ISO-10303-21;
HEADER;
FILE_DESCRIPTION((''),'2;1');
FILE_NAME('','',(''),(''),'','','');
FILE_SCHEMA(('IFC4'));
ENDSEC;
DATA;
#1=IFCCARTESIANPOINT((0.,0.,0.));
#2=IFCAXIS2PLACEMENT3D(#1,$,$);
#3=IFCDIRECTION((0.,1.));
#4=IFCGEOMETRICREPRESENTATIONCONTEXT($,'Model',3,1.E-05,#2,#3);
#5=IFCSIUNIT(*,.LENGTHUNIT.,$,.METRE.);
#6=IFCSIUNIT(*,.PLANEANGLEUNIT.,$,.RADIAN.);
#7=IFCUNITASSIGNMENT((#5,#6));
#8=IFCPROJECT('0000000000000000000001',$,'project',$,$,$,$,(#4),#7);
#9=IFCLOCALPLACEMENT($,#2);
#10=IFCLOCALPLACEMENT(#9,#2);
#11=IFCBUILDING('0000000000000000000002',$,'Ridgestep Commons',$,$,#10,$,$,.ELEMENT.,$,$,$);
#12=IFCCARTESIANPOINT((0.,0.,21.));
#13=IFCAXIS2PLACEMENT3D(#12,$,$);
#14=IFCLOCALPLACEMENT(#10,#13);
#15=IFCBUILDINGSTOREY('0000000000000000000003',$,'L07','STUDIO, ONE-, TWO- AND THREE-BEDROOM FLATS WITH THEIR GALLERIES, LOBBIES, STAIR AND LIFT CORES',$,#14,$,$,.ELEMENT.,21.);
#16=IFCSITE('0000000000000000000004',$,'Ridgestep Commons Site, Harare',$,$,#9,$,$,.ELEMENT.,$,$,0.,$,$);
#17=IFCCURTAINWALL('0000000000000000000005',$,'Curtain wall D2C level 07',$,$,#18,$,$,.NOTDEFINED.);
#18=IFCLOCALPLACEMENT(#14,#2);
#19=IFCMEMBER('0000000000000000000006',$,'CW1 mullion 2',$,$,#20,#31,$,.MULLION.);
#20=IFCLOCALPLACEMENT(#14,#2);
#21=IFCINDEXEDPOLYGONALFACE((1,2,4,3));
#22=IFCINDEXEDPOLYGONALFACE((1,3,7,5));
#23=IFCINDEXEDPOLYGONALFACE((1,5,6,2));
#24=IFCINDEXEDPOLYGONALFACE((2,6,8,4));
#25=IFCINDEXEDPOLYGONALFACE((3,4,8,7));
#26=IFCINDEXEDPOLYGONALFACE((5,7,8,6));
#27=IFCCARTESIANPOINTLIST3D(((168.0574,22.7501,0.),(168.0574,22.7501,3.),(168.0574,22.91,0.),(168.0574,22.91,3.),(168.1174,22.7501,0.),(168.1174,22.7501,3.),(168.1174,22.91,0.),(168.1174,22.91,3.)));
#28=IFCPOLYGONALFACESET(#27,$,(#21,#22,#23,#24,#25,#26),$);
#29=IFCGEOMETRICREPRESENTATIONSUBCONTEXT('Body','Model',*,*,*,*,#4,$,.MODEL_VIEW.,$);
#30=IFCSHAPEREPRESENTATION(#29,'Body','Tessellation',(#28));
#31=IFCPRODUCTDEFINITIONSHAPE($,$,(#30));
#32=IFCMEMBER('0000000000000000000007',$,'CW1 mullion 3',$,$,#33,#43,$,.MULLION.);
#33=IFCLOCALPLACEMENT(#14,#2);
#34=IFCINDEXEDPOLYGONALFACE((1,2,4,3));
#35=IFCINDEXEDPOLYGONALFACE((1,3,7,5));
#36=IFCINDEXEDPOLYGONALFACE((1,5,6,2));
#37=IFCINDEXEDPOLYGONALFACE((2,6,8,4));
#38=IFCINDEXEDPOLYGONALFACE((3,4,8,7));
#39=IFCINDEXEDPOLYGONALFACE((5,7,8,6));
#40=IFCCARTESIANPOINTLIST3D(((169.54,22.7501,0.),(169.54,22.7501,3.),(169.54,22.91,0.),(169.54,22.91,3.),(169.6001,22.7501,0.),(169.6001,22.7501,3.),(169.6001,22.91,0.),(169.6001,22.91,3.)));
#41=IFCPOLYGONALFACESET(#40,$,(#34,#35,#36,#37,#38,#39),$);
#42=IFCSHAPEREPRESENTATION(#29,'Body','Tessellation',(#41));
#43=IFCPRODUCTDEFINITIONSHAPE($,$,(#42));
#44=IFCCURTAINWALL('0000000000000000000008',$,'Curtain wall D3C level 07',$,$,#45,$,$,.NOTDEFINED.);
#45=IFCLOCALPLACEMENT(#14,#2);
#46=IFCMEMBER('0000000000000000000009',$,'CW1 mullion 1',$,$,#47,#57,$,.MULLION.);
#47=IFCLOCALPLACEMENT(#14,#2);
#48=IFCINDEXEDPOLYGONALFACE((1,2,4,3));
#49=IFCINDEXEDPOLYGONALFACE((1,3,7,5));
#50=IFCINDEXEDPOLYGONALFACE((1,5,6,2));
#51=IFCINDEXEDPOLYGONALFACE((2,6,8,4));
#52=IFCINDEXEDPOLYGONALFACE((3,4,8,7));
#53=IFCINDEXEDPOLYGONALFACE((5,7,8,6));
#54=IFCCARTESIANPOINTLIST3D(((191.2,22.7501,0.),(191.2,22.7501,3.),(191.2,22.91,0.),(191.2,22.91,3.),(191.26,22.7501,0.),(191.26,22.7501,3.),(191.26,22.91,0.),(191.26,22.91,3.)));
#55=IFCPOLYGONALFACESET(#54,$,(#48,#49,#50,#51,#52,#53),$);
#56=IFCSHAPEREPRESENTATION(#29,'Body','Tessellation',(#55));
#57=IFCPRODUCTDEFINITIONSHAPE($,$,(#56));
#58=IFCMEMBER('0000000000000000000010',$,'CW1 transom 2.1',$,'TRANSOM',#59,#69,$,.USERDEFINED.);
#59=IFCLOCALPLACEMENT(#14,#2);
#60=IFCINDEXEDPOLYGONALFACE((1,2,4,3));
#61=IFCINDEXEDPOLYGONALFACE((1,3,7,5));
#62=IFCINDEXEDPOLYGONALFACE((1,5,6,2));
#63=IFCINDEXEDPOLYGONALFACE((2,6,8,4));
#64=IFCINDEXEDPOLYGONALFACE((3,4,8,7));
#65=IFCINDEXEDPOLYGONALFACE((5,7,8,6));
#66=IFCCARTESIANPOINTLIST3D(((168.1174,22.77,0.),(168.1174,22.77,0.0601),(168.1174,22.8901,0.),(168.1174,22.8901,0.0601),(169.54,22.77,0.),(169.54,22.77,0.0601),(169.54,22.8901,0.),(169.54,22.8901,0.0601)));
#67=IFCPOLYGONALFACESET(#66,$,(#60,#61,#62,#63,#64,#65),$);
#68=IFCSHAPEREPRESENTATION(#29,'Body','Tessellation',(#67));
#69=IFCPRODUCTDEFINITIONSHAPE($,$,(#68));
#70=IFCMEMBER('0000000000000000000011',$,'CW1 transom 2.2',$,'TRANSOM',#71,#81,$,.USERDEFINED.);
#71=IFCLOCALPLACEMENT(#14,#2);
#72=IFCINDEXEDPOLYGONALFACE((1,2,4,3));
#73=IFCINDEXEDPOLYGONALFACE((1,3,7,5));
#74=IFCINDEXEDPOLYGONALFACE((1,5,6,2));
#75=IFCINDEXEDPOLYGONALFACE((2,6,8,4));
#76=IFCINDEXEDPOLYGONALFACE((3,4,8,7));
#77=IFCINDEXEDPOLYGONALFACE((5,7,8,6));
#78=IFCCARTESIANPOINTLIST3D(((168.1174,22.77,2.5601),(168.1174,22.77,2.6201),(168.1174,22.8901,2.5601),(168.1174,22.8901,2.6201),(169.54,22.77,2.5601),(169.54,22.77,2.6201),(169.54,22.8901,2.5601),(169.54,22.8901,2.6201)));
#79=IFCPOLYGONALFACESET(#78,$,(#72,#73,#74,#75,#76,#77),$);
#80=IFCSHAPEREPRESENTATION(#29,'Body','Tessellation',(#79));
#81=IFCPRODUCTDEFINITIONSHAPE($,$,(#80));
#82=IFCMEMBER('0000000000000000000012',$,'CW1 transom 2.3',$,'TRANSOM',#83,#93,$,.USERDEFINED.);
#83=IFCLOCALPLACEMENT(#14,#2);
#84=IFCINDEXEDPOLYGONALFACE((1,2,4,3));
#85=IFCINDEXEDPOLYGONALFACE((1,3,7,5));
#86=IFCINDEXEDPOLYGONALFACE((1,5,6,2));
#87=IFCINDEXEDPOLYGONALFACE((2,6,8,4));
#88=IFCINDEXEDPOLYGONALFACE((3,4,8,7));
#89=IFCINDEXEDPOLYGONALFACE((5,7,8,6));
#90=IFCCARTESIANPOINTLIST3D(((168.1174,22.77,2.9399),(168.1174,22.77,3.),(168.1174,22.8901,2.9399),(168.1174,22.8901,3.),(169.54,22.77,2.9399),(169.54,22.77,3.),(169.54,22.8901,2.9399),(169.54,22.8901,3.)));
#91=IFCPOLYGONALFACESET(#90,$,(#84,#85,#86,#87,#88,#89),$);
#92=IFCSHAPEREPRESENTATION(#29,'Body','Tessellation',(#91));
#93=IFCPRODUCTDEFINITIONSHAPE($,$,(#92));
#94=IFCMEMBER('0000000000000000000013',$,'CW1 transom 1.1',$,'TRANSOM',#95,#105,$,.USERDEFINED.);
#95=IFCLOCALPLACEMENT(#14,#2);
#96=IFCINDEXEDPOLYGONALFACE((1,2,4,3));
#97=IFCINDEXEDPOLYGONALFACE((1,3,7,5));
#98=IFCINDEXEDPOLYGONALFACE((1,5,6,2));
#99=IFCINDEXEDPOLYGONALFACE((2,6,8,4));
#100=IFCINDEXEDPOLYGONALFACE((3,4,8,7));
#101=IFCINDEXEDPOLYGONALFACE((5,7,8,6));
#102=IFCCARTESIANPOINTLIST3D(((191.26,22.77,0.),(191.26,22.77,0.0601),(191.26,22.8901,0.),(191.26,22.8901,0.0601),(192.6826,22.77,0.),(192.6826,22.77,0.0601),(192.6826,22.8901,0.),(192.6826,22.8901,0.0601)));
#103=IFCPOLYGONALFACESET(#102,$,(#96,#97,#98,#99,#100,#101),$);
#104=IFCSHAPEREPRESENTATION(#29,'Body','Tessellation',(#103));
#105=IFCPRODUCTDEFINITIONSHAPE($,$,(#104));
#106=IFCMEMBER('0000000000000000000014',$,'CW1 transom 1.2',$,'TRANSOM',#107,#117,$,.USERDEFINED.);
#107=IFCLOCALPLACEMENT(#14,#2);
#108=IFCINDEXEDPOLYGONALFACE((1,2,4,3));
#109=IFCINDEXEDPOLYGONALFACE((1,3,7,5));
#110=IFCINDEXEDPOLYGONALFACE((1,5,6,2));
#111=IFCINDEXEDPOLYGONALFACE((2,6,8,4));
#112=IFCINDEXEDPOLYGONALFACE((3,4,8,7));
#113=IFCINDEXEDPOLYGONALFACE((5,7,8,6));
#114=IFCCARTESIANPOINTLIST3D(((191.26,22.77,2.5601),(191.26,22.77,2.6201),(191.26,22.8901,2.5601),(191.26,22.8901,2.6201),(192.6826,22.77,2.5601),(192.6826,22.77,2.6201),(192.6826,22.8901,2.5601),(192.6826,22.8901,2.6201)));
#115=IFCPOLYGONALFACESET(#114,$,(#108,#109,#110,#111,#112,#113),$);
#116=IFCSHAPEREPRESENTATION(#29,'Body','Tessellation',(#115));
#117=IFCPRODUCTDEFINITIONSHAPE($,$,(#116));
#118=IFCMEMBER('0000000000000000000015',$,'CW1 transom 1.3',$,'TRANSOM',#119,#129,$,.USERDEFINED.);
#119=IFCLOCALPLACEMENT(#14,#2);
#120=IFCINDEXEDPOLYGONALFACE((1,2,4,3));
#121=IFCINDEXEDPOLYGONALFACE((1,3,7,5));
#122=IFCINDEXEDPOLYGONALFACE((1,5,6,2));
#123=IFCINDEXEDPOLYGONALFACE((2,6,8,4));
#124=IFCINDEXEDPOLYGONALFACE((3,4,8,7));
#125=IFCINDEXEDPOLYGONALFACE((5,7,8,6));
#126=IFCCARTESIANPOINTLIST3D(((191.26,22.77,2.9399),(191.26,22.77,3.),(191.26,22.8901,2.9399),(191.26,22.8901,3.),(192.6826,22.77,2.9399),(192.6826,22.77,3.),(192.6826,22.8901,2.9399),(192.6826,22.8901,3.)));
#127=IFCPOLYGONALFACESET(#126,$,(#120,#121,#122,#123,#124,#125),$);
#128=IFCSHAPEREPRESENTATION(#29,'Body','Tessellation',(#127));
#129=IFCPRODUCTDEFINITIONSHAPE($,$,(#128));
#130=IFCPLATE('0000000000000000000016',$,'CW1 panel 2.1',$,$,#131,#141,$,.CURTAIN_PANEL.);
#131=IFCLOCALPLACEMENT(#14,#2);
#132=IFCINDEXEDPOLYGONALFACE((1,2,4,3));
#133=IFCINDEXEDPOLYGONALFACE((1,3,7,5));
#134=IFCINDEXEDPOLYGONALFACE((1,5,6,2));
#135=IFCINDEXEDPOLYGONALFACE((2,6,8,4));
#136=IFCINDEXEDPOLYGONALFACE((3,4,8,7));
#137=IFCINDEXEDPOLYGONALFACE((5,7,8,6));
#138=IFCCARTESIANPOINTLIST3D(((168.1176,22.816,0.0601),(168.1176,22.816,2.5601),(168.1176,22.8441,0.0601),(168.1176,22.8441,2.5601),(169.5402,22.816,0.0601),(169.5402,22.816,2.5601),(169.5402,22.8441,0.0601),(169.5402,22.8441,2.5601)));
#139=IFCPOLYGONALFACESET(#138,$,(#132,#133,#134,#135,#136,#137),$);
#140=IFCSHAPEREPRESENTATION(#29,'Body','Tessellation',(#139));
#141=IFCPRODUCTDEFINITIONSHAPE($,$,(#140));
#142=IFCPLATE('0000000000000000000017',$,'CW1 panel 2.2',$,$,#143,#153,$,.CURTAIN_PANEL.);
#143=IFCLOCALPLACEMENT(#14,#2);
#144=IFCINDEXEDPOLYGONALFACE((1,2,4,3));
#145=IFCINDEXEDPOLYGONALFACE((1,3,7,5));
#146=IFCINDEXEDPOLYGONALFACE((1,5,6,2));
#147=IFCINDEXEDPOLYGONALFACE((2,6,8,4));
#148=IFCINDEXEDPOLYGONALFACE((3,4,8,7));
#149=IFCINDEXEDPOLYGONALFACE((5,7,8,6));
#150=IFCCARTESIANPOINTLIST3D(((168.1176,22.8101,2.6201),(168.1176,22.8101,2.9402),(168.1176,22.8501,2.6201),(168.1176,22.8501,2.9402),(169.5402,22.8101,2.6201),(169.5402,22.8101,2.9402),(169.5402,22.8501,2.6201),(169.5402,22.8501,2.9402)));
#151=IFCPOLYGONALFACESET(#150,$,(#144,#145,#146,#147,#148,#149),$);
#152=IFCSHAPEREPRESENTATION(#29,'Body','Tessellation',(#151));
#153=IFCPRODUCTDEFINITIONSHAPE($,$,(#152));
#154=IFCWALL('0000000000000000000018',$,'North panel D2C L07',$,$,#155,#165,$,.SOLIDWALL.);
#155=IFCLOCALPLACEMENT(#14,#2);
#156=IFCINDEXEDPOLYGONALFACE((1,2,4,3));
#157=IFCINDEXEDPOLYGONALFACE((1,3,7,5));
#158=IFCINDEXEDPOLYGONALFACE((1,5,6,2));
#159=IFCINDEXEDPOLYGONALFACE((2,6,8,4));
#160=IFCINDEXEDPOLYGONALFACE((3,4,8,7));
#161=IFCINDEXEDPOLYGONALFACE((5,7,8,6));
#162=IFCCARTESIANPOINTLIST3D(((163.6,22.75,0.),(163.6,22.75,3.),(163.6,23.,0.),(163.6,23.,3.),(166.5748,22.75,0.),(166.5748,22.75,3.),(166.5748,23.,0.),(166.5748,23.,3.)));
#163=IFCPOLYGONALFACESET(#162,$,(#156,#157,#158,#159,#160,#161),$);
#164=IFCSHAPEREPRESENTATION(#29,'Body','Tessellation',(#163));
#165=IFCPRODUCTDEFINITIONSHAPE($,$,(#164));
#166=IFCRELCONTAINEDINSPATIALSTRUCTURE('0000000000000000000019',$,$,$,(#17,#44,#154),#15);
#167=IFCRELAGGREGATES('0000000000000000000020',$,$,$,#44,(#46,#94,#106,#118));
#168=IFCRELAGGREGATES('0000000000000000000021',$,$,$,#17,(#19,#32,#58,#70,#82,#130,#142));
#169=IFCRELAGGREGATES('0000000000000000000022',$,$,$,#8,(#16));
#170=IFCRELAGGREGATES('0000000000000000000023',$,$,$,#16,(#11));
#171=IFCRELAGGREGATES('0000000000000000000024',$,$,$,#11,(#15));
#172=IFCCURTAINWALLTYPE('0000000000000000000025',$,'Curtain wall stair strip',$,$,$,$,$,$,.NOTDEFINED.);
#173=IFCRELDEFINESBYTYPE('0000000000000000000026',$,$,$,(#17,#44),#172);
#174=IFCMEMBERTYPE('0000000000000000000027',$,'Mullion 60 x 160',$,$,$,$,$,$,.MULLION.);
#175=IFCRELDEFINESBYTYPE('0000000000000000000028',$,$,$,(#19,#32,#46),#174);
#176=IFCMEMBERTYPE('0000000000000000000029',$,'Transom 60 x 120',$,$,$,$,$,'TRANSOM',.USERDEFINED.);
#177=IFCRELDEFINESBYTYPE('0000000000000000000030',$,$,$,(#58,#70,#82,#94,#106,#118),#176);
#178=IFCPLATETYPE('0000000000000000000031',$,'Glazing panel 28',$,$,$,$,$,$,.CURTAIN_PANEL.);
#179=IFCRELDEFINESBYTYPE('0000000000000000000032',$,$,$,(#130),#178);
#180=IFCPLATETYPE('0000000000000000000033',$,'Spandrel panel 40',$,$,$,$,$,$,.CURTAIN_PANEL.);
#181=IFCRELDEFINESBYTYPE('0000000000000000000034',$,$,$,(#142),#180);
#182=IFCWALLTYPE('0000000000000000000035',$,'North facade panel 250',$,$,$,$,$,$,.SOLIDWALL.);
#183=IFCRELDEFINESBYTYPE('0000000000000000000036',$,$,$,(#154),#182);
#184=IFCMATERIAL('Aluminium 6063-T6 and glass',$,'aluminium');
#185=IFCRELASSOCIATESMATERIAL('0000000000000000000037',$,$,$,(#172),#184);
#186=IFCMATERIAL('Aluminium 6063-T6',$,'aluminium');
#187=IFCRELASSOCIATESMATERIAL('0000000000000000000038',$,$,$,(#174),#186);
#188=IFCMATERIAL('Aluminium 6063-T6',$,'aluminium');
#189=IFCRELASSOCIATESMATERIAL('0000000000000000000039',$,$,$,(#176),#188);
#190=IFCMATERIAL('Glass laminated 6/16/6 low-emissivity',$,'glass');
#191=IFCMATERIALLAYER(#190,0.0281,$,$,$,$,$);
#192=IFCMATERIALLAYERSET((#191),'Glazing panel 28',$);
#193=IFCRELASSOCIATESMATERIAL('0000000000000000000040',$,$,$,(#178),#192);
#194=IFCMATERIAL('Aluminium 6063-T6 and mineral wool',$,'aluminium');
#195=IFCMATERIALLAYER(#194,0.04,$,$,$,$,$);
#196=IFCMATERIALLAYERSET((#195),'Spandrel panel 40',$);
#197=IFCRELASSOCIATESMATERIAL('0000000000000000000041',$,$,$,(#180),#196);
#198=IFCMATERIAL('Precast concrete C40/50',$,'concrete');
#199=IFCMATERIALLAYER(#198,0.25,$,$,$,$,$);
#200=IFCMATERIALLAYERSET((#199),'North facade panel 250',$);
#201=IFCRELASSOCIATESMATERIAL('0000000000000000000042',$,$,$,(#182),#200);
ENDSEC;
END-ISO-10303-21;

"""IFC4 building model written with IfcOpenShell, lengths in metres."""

from ifc_helpers import new_model, si_unit, direction, frame, frame_2d, origin, origin_2d, place, context, subcontext, project, spatial, rectangle, extrude, material, layer, layer_set, material_profile, profile_set, type_object, element, aggregate, save


model = new_model("IFC4")

# Units and contexts
model_context = context("Model", 3, precision=1e-05, world=origin(), true_north=direction((0.0, 1.0)))
body_context = subcontext(model_context, "Body", "Model", "MODEL_VIEW")
ifc_project = project(units=[si_unit("LENGTHUNIT", "METRE"), si_unit("PLANEANGLEUNIT", "RADIAN")], contexts=[model_context])

# Site, building, storey
site_placement = place(None, origin())
site = spatial("IfcSite", under=ifc_project, at=site_placement, Name="Ridgestep Commons Site, Harare", CompositionType="ELEMENT", RefElevation=0.0)
building_placement = place(site_placement, origin())
building = spatial("IfcBuilding", under=site, at=building_placement, Name="Ridgestep Commons", CompositionType="ELEMENT")
storey_placement = place(building_placement, frame((0.0, 0.0, 21.0)))
storey = spatial("IfcBuildingStorey", under=building, at=storey_placement, Name="L07", Description="STUDIO, ONE-, TWO- AND THREE-BEDROOM FLATS WITH THEIR GALLERIES, LOBBIES, STAIR AND LIFT CORES", CompositionType="ELEMENT", Elevation=21.0)

# Curtain wall, members
ifc_material_1 = material(Name="Aluminium 6063-T6 and glass", Category="aluminium")
curtain_wall_type = type_object("IfcCurtainWallType", Name="Curtain wall stair strip", PredefinedType="NOTDEFINED", material=ifc_material_1)
curtain_wall_1_placement = place(storey_placement, origin())
curtain_wall_1 = element("IfcCurtainWall", 1, at=curtain_wall_1_placement, inside=storey, type_object=curtain_wall_type, Name="Curtain wall D2C level 07", PredefinedType="NOTDEFINED")
ifc_material_2 = material(Name="Aluminium 6063-T6", Category="aluminium")
ifc_material_profile_1 = material_profile(ifc_material_2, rectangle(XDim=0.1599, YDim=0.0601, at=origin_2d()), Name="Mullion 60 x 160")
ifc_profile_set_1 = profile_set([ifc_material_profile_1], Name="Aluminium 6063-T6")
member_type_1 = type_object("IfcMemberType", Name="Mullion 60 x 160", PredefinedType="MULLION", material=ifc_profile_set_1)
member_1_placement = place(storey_placement, frame((168.0874, 22.8301, 0.0), z_axis=(0.0, 0.0, 1.0), x_axis=(0.0, 1.0, 0.0)))
member_1 = element("IfcMember", 2, at=member_1_placement, type_object=member_type_1, Name="CW1 mullion 2", PredefinedType="MULLION", context=body_context, shape_type="SweptSolid", body=[
    extrude(rectangle(XDim=0.1599, YDim=0.0601, at=origin_2d()), origin(), (0.0, 0.0, 1.0), 3.0),
])
member_2_placement = place(storey_placement, frame((169.5701, 22.8301, 0.0), z_axis=(0.0, 0.0, 1.0), x_axis=(0.0, 1.0, 0.0)))
member_2 = element("IfcMember", 3, at=member_2_placement, type_object=member_type_1, Name="CW1 mullion 3", PredefinedType="MULLION", context=body_context, shape_type="SweptSolid", body=[
    extrude(rectangle(XDim=0.1599, YDim=0.0601, at=origin_2d()), origin(), (0.0, 0.0, 1.0), 3.0),
])

# Curtain wall, member
curtain_wall_2_placement = place(storey_placement, origin())
curtain_wall_2 = element("IfcCurtainWall", 4, at=curtain_wall_2_placement, inside=storey, type_object=curtain_wall_type, Name="Curtain wall D3C level 07", PredefinedType="NOTDEFINED")
member_3_placement = place(storey_placement, frame((191.23, 22.8301, 0.0), z_axis=(0.0, 0.0, 1.0), x_axis=(0.0, 1.0, 0.0)))
member_3 = element("IfcMember", 5, at=member_3_placement, type_object=member_type_1, Name="CW1 mullion 1", PredefinedType="MULLION", context=body_context, shape_type="SweptSolid", body=[
    extrude(rectangle(XDim=0.1599, YDim=0.0601, at=origin_2d()), origin(), (0.0, 0.0, 1.0), 3.0),
])

# Members
ifc_material_3 = material(Name="Aluminium 6063-T6", Category="aluminium")
ifc_material_profile_2 = material_profile(ifc_material_3, rectangle(XDim=0.1201, YDim=0.0601, at=origin_2d()), Name="Transom 60 x 120")
ifc_profile_set_2 = profile_set([ifc_material_profile_2], Name="Aluminium 6063-T6")
member_type_2 = type_object("IfcMemberType", Name="Transom 60 x 120", ElementType="TRANSOM", PredefinedType="USERDEFINED", material=ifc_profile_set_2)
member_4_placement = place(storey_placement, frame((168.1174, 22.8301, 0.03), z_axis=(1.0, 0.0, 0.0), x_axis=(0.0, 1.0, 0.0)))
member_4 = element("IfcMember", 6, at=member_4_placement, type_object=member_type_2, Name="CW1 transom 2.1", ObjectType="TRANSOM", PredefinedType="USERDEFINED", context=body_context, shape_type="SweptSolid", body=[
    extrude(rectangle(XDim=0.1201, YDim=0.0601, at=origin_2d()), origin(), (0.0, 0.0, 1.0), 1.4226),
])
member_5_placement = place(storey_placement, frame((168.1174, 22.8301, 2.5901), z_axis=(1.0, 0.0, 0.0), x_axis=(0.0, 1.0, 0.0)))
member_5 = element("IfcMember", 7, at=member_5_placement, type_object=member_type_2, Name="CW1 transom 2.2", ObjectType="TRANSOM", PredefinedType="USERDEFINED", context=body_context, shape_type="SweptSolid", body=[
    extrude(rectangle(XDim=0.1201, YDim=0.0601, at=origin_2d()), origin(), (0.0, 0.0, 1.0), 1.4226),
])
member_6_placement = place(storey_placement, frame((168.1174, 22.8301, 2.97), z_axis=(1.0, 0.0, 0.0), x_axis=(0.0, 1.0, 0.0)))
member_6 = element("IfcMember", 8, at=member_6_placement, type_object=member_type_2, Name="CW1 transom 2.3", ObjectType="TRANSOM", PredefinedType="USERDEFINED", context=body_context, shape_type="SweptSolid", body=[
    extrude(rectangle(XDim=0.1201, YDim=0.0601, at=origin_2d()), origin(), (0.0, 0.0, 1.0), 1.4226),
])
member_7_placement = place(storey_placement, frame((191.26, 22.8301, 0.03), z_axis=(1.0, 0.0, 0.0), x_axis=(0.0, 1.0, 0.0)))
member_7 = element("IfcMember", 9, at=member_7_placement, type_object=member_type_2, Name="CW1 transom 1.1", ObjectType="TRANSOM", PredefinedType="USERDEFINED", context=body_context, shape_type="SweptSolid", body=[
    extrude(rectangle(XDim=0.1201, YDim=0.0601, at=origin_2d()), origin(), (0.0, 0.0, 1.0), 1.4226),
])
member_8_placement = place(storey_placement, frame((191.26, 22.8301, 2.5901), z_axis=(1.0, 0.0, 0.0), x_axis=(0.0, 1.0, 0.0)))
member_8 = element("IfcMember", 10, at=member_8_placement, type_object=member_type_2, Name="CW1 transom 1.2", ObjectType="TRANSOM", PredefinedType="USERDEFINED", context=body_context, shape_type="SweptSolid", body=[
    extrude(rectangle(XDim=0.1201, YDim=0.0601, at=origin_2d()), origin(), (0.0, 0.0, 1.0), 1.4226),
])
member_9_placement = place(storey_placement, frame((191.26, 22.8301, 2.97), z_axis=(1.0, 0.0, 0.0), x_axis=(0.0, 1.0, 0.0)))
member_9 = element("IfcMember", 11, at=member_9_placement, type_object=member_type_2, Name="CW1 transom 1.3", ObjectType="TRANSOM", PredefinedType="USERDEFINED", context=body_context, shape_type="SweptSolid", body=[
    extrude(rectangle(XDim=0.1201, YDim=0.0601, at=origin_2d()), origin(), (0.0, 0.0, 1.0), 1.4226),
])
aggregate(curtain_wall_2, [member_3, member_7, member_8, member_9])

# Plates
ifc_material_4 = material(Name="Glass laminated 6/16/6 low-emissivity", Category="glass")
ifc_layer_1 = layer(ifc_material_4, 0.0281)
ifc_layer_set_1 = layer_set([ifc_layer_1], Name="Glazing panel 28")
plate_type_1 = type_object("IfcPlateType", Name="Glazing panel 28", PredefinedType="CURTAIN_PANEL", material=ifc_layer_set_1)
plate_1_placement = place(storey_placement, frame((168.8289, 22.8301, 0.0601), z_axis=(0.0, 0.0, 1.0), x_axis=(1.0, 0.0, 0.0)))
plate_1 = element("IfcPlate", 12, at=plate_1_placement, type_object=plate_type_1, Name="CW1 panel 2.1", PredefinedType="CURTAIN_PANEL", context=body_context, shape_type="SweptSolid", body=[
    extrude(rectangle(XDim=1.4226, YDim=0.0281, at=origin_2d()), origin(), (0.0, 0.0, 1.0), 2.5),
])
ifc_material_5 = material(Name="Aluminium 6063-T6 and mineral wool", Category="aluminium")
ifc_layer_2 = layer(ifc_material_5, 0.04)
ifc_layer_set_2 = layer_set([ifc_layer_2], Name="Spandrel panel 40")
plate_type_2 = type_object("IfcPlateType", Name="Spandrel panel 40", PredefinedType="CURTAIN_PANEL", material=ifc_layer_set_2)
plate_2_placement = place(storey_placement, frame((168.8289, 22.8301, 2.6201), z_axis=(0.0, 0.0, 1.0), x_axis=(1.0, 0.0, 0.0)))
plate_2 = element("IfcPlate", 13, at=plate_2_placement, type_object=plate_type_2, Name="CW1 panel 2.2", PredefinedType="CURTAIN_PANEL", context=body_context, shape_type="SweptSolid", body=[
    extrude(rectangle(XDim=1.4226, YDim=0.04, at=origin_2d()), origin(), (0.0, 0.0, 1.0), 0.3201),
])
aggregate(curtain_wall_1, [member_1, member_2, member_4, member_5, member_6, plate_1, plate_2])

# Wall
ifc_material_6 = material(Name="Precast concrete C40/50", Category="concrete")
ifc_layer_3 = layer(ifc_material_6, 0.25)
ifc_layer_set_3 = layer_set([ifc_layer_3], Name="North facade panel 250")
wall_type = type_object("IfcWallType", Name="North facade panel 250", PredefinedType="SOLIDWALL", material=ifc_layer_set_3)
wall_1_placement = place(storey_placement, frame((163.6001, 22.875, 0.0), z_axis=(0.0, 0.0, 1.0), x_axis=(1.0, 0.0, 0.0)))
element("IfcWall", 14, at=wall_1_placement, inside=storey, type_object=wall_type, Name="North panel D2C L07", PredefinedType="SOLIDWALL", context=body_context, shape_type="SweptSolid", body=[
    extrude(rectangle(XDim=2.9749, YDim=0.25, at=frame_2d((1.4873, 0.0))), origin(), (0.0, 0.0, 1.0), 3.0),
])

save(model, "model.ifc")
